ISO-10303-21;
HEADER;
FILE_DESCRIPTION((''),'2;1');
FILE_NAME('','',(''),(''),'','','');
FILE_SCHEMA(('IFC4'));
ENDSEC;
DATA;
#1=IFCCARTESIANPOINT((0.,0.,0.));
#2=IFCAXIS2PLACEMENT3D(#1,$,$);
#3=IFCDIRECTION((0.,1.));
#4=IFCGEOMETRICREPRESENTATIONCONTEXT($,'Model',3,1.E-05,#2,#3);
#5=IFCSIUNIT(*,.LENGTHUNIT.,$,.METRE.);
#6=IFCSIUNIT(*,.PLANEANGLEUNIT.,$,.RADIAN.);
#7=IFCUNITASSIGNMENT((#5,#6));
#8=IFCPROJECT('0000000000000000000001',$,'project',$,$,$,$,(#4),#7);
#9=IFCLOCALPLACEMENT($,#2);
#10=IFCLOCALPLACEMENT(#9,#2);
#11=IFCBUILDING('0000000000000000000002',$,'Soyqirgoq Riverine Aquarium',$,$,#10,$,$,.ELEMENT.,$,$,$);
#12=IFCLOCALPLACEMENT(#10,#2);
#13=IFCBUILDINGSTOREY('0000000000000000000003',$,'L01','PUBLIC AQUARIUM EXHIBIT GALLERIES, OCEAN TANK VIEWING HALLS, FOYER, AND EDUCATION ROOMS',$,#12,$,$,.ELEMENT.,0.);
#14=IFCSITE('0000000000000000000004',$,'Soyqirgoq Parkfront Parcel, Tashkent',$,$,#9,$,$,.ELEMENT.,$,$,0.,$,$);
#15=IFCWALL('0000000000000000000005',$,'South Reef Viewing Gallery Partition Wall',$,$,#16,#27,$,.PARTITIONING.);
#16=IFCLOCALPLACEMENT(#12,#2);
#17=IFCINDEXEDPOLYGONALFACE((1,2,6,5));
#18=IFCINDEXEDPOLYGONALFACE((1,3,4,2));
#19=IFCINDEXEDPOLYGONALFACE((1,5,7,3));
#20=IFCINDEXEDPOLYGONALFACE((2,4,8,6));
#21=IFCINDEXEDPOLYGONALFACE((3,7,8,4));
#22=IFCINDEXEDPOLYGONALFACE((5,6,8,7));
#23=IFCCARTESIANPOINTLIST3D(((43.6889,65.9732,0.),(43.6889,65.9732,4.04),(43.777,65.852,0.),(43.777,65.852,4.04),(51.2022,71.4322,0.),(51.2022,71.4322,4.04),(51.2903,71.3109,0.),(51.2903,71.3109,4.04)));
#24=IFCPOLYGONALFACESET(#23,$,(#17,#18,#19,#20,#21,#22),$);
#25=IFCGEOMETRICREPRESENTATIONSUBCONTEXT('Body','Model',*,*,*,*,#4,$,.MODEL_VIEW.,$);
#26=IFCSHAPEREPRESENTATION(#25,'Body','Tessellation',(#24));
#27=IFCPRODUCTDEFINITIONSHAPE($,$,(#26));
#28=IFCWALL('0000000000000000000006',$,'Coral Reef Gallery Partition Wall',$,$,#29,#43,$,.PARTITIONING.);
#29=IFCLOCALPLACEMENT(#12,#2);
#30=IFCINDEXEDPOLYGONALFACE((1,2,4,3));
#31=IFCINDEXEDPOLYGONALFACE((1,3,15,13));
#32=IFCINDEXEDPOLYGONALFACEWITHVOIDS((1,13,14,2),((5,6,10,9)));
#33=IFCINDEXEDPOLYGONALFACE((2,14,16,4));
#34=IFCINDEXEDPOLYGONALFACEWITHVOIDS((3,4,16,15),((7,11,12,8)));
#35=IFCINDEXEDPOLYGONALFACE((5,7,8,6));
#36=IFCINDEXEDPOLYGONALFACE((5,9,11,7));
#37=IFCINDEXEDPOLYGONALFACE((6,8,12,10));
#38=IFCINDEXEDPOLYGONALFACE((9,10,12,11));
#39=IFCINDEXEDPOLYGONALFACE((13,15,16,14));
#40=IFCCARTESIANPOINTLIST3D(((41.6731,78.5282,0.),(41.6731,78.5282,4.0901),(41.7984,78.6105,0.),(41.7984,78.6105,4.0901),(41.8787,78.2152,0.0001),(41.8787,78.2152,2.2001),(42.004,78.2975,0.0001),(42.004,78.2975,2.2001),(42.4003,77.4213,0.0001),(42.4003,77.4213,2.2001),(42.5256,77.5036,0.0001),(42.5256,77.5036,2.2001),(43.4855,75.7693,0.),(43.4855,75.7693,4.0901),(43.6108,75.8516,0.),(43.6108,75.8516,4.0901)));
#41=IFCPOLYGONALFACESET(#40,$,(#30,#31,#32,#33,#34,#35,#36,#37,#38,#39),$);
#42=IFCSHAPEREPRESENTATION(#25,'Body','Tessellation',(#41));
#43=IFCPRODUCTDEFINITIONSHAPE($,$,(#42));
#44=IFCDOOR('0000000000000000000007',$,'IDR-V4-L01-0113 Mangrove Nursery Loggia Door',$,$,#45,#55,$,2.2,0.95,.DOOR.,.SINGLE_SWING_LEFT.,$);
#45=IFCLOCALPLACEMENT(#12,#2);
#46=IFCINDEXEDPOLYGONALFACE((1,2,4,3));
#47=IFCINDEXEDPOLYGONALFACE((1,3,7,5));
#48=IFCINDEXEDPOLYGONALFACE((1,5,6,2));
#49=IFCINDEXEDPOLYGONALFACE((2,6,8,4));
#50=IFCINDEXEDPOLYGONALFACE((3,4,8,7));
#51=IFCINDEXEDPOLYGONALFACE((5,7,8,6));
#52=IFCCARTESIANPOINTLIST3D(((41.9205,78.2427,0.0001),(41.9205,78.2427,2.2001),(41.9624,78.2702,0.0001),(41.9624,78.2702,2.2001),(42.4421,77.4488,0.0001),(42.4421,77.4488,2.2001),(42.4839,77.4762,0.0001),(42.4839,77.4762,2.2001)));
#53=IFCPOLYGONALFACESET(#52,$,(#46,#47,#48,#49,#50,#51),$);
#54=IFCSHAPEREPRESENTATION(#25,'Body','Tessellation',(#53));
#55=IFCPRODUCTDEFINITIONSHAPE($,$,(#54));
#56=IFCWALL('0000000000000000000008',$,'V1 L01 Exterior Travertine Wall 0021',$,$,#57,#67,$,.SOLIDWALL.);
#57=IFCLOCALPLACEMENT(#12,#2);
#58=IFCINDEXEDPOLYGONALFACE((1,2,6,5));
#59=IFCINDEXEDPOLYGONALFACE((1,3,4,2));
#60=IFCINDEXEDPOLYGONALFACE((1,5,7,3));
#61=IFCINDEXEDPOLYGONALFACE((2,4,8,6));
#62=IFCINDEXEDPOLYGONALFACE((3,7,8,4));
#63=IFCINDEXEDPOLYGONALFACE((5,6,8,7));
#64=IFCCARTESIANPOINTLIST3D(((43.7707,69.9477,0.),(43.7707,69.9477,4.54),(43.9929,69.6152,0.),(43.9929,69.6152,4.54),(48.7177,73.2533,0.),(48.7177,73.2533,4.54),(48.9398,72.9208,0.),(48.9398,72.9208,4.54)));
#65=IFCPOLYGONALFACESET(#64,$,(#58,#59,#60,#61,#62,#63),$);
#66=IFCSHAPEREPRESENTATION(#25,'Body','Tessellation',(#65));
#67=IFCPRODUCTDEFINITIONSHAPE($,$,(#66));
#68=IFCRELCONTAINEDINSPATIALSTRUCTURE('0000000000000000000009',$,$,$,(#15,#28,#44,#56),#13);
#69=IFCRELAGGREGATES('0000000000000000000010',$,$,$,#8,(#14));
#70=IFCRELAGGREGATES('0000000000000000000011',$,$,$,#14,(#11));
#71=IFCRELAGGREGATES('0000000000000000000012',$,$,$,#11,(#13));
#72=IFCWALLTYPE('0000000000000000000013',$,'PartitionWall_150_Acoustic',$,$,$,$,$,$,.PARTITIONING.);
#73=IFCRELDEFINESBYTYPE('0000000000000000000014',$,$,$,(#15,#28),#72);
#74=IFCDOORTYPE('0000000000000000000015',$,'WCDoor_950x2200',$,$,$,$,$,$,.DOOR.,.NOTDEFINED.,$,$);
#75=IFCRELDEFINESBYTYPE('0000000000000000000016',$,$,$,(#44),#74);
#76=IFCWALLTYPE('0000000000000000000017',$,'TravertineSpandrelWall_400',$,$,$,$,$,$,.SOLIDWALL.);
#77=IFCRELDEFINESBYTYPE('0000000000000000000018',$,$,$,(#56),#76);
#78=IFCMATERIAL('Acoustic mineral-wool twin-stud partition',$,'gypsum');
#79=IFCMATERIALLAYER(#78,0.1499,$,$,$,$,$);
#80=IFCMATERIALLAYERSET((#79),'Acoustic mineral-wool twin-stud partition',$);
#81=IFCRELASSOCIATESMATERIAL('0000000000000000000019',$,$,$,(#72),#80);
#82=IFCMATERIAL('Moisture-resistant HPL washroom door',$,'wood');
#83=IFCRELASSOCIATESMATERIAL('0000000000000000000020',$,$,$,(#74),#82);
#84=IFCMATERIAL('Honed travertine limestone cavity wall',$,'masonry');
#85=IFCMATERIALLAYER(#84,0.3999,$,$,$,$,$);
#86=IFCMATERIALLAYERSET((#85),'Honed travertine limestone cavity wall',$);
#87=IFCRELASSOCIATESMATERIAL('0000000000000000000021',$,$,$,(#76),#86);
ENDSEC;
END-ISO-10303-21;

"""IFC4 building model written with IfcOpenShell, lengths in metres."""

from ifc_helpers import new_model, si_unit, direction, frame, frame_2d, origin, place, context, subcontext, project, spatial, rectangle, extrude, material, layer, layer_set, type_object, element, fill, save


model = new_model("IFC4")

# Units and contexts
model_context = context("Model", 3, precision=1e-05, world=origin(), true_north=direction((0.0, 1.0)))
body_context = subcontext(model_context, "Body", "Model", "MODEL_VIEW")
ifc_project = project(units=[si_unit("LENGTHUNIT", "METRE"), si_unit("PLANEANGLEUNIT", "RADIAN")], contexts=[model_context])

# Site, building, storey
site_placement = place(None, origin())
site = spatial("IfcSite", under=ifc_project, at=site_placement, Name="Soyqirgoq Parkfront Parcel, Tashkent", CompositionType="ELEMENT", RefElevation=0.0)
building_placement = place(site_placement, origin())
building = spatial("IfcBuilding", under=site, at=building_placement, Name="Soyqirgoq Riverine Aquarium", CompositionType="ELEMENT")
storey_placement = place(building_placement, origin())
storey = spatial("IfcBuildingStorey", under=building, at=storey_placement, Name="L01", Description="PUBLIC AQUARIUM EXHIBIT GALLERIES, OCEAN TANK VIEWING HALLS, FOYER, AND EDUCATION ROOMS", CompositionType="ELEMENT", Elevation=0.0)

# Wall
ifc_material_1 = material(Name="Acoustic mineral-wool twin-stud partition", Category="gypsum")
ifc_layer_1 = layer(ifc_material_1, 0.1499)
ifc_layer_set_1 = layer_set([ifc_layer_1], Name="Acoustic mineral-wool twin-stud partition")
wall_type_1 = type_object("IfcWallType", Name="PartitionWall_150_Acoustic", PredefinedType="PARTITIONING", material=ifc_layer_set_1)
wall_1_placement = place(storey_placement, frame((43.7329, 65.9126, 0.0), z_axis=(0.0, 0.0, 1.0), x_axis=(0.809009, 0.587796, 0.0)))
element("IfcWall", 1, at=wall_1_placement, inside=storey, type_object=wall_type_1, Name="South Reef Viewing Gallery Partition Wall", PredefinedType="PARTITIONING", context=body_context, shape_type="SweptSolid", body=[
    extrude(rectangle(XDim=9.2871, YDim=0.1499, at=frame_2d((4.6436, 0.0))), origin(), (0.0, 0.0, 1.0), 4.04),
])

# Wall, opening, door
wall_2_placement = place(storey_placement, frame((43.5481, 75.8105, 0.0), z_axis=(0.0, 0.0, 1.0), x_axis=(-0.549055, 0.835786, 0.0)))
wall_2 = element("IfcWall", 2, at=wall_2_placement, inside=storey, type_object=wall_type_1, Name="Coral Reef Gallery Partition Wall", PredefinedType="PARTITIONING", context=body_context, shape_type="SweptSolid", body=[
    extrude(rectangle(XDim=3.301, YDim=0.1499, at=frame_2d((1.6504, 0.0))), origin(), (0.0, 0.0, 1.0), 4.0901),
])
opening_placement = place(wall_2_placement, frame((1.9763, 0.0, 0.0)))
opening = element("IfcOpeningElement", 3, at=opening_placement, cuts=wall_2, PredefinedType="OPENING", context=body_context, shape_type="SweptSolid", body=[
    extrude(rectangle(XDim=0.95, YDim=2.2, at=frame_2d((0.4751, 1.1001))), frame((0.0, 0.085, 0.0), z_axis=(0.0, -1.0, 0.0), x_axis=(1.0, 0.0, 0.0)), (0.0, 0.0, 1.0), 0.1699),
])
ifc_material_2 = material(Name="Moisture-resistant HPL washroom door", Category="wood")
door_type = type_object("IfcDoorType", Name="WCDoor_950x2200", OperationType="NOTDEFINED", PredefinedType="DOOR", material=ifc_material_2)
door_placement = place(opening_placement, origin())
door = element("IfcDoor", 4, at=door_placement, inside=storey, type_object=door_type, Name="IDR-V4-L01-0113 Mangrove Nursery Loggia Door", OperationType="SINGLE_SWING_LEFT", OverallHeight=2.2, OverallWidth=0.95, PredefinedType="DOOR", context=body_context, shape_type="SweptSolid", body=[
    extrude(rectangle(XDim=0.95, YDim=2.2, at=frame_2d((0.4751, 1.1001))), frame((0.0, 0.0249, 0.0), z_axis=(0.0, -1.0, 0.0), x_axis=(1.0, 0.0, 0.0)), (0.0, 0.0, 1.0), 0.05),
])
fill(opening, door)

# Wall
ifc_material_3 = material(Name="Honed travertine limestone cavity wall", Category="masonry")
ifc_layer_2 = layer(ifc_material_3, 0.3999)
ifc_layer_set_2 = layer_set([ifc_layer_2], Name="Honed travertine limestone cavity wall")
wall_type_2 = type_object("IfcWallType", Name="TravertineSpandrelWall_400", PredefinedType="SOLIDWALL", material=ifc_layer_set_2)
wall_3_placement = place(storey_placement, frame((43.8818, 69.7815, 0.0), z_axis=(0.0, 0.0, 1.0), x_axis=(0.831456, 0.55559, 0.0)))
element("IfcWall", 5, at=wall_3_placement, inside=storey, type_object=wall_type_2, Name="V1 L01 Exterior Travertine Wall 0021", PredefinedType="SOLIDWALL", context=body_context, shape_type="SweptSolid", body=[
    extrude(rectangle(XDim=5.9497, YDim=0.3999, at=frame_2d((2.9749, 0.0))), origin(), (0.0, 0.0, 1.0), 4.54),
])

save(model, "model.ifc")
